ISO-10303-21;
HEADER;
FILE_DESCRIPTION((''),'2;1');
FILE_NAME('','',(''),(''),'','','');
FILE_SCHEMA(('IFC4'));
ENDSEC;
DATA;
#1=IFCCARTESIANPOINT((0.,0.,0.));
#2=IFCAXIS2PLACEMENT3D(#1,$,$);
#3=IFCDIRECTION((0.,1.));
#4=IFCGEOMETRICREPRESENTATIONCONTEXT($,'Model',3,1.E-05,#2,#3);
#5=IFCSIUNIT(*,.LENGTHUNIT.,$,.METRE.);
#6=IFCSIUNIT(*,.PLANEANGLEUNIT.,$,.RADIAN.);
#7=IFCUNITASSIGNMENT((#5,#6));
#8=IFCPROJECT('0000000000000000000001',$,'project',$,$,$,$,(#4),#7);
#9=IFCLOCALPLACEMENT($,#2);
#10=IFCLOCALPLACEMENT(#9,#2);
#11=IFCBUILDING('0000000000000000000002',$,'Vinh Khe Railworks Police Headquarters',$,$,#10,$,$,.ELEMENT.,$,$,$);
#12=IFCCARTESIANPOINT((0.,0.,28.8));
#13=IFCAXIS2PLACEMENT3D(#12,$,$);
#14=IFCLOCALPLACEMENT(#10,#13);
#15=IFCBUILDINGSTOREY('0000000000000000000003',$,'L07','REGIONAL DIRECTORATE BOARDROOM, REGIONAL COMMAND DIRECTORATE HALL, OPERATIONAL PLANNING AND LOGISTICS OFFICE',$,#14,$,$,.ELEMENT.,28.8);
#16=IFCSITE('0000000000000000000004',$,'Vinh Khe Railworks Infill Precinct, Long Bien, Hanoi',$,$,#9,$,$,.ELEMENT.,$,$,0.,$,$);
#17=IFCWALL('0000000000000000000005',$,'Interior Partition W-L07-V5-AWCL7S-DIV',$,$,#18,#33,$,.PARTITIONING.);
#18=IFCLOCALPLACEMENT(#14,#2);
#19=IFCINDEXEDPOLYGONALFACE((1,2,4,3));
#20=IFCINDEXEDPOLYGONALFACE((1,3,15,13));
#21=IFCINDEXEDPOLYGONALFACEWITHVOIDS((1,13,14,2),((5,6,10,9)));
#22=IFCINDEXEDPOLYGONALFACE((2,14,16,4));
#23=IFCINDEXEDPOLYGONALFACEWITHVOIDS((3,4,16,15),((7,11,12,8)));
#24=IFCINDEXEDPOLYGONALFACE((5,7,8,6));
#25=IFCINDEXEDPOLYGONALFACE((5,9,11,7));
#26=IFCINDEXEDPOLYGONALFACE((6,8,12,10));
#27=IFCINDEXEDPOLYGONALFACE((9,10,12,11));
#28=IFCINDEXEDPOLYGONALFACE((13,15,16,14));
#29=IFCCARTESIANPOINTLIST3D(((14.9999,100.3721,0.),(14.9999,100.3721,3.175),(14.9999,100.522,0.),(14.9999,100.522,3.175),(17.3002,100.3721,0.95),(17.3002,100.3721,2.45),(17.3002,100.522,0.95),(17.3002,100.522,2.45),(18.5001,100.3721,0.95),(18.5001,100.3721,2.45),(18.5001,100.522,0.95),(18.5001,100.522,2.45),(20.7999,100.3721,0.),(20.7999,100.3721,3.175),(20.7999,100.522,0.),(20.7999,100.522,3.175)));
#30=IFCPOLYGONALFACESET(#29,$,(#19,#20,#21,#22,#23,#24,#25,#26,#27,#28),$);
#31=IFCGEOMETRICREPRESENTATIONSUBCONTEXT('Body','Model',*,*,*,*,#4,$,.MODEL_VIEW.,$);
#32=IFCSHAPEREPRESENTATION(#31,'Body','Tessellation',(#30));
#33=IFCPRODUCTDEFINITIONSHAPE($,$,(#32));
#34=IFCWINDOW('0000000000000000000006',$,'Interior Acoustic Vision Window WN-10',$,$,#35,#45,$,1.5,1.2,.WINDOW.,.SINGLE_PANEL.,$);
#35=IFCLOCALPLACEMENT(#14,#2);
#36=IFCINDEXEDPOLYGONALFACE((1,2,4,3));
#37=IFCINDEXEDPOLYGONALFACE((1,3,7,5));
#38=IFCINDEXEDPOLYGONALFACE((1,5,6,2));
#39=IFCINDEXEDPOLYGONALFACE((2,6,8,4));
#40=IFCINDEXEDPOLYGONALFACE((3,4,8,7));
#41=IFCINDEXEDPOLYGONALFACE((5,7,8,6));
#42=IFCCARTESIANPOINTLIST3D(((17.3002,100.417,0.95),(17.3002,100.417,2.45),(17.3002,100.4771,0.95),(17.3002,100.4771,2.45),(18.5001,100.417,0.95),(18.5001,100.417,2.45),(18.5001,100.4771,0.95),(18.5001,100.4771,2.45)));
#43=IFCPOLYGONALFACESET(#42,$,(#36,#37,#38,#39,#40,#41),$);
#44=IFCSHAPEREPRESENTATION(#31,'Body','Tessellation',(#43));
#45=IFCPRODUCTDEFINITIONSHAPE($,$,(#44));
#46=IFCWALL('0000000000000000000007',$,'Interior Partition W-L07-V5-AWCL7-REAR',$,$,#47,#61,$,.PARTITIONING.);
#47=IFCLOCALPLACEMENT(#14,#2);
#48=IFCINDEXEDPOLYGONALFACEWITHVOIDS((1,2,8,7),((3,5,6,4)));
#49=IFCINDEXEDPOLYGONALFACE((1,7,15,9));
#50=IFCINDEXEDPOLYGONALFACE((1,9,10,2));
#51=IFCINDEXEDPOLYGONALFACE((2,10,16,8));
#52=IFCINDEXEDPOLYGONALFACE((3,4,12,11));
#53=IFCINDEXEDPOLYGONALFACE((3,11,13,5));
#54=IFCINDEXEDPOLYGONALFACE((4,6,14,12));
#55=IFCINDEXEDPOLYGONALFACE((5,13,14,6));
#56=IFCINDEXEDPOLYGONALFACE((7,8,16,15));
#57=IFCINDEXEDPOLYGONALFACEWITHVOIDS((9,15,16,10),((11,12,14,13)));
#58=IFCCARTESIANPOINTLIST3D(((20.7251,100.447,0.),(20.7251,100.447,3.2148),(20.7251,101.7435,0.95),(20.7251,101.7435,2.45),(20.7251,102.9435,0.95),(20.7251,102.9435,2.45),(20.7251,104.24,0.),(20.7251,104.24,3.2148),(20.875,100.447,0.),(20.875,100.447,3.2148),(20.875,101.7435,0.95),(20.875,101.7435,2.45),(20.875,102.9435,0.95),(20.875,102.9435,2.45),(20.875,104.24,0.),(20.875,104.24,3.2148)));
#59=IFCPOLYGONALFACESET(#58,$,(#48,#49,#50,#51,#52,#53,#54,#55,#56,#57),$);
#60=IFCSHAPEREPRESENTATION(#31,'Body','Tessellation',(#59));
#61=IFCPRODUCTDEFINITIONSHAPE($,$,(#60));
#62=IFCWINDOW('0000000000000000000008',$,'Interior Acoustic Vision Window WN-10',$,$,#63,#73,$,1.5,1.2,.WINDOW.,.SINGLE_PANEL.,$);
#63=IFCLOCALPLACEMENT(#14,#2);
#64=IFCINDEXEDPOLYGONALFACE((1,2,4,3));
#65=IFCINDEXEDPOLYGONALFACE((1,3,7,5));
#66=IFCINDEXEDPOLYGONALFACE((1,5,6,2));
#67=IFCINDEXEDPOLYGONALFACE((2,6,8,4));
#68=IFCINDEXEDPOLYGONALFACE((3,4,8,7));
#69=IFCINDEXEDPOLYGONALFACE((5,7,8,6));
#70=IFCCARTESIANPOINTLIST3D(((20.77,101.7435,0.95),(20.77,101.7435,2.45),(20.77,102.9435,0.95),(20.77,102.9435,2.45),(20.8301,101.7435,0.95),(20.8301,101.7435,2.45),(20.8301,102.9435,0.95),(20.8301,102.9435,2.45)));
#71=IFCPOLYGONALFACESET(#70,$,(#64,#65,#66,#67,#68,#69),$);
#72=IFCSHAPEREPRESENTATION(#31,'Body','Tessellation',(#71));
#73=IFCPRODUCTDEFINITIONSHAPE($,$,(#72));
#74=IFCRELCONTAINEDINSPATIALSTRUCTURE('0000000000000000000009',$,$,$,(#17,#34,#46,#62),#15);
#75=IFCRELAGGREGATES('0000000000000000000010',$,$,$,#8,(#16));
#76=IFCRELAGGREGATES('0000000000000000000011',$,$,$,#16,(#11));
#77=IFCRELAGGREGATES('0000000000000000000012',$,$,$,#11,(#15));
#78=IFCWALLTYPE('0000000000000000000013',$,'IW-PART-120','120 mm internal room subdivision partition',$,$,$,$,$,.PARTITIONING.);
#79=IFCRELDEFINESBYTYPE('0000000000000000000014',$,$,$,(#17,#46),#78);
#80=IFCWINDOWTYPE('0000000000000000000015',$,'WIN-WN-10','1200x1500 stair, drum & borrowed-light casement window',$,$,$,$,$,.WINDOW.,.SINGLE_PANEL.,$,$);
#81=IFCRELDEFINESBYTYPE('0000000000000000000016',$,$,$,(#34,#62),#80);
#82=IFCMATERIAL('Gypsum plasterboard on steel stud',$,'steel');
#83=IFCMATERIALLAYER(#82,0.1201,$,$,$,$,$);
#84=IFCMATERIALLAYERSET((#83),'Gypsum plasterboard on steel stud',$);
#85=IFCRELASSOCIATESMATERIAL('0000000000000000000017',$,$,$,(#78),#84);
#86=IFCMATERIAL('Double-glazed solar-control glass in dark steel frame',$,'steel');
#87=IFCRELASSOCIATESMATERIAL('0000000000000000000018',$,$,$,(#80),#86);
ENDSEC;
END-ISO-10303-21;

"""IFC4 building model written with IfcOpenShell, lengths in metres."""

from ifc_helpers import new_model, si_unit, direction, frame, frame_2d, origin, place, context, subcontext, project, spatial, rectangle, extrude, material, layer, layer_set, type_object, element, fill, save


model = new_model("IFC4")

# Units and contexts
model_context = context("Model", 3, precision=1e-05, world=origin(), true_north=direction((0.0, 1.0)))
body_context = subcontext(model_context, "Body", "Model", "MODEL_VIEW")
ifc_project = project(units=[si_unit("LENGTHUNIT", "METRE"), si_unit("PLANEANGLEUNIT", "RADIAN")], contexts=[model_context])

# Site, building, storey
site_placement = place(None, origin())
site = spatial("IfcSite", under=ifc_project, at=site_placement, Name="Vinh Khe Railworks Infill Precinct, Long Bien, Hanoi", CompositionType="ELEMENT", RefElevation=0.0)
building_placement = place(site_placement, origin())
building = spatial("IfcBuilding", under=site, at=building_placement, Name="Vinh Khe Railworks Police Headquarters", CompositionType="ELEMENT")
storey_placement = place(building_placement, frame((0.0, 0.0, 28.8)))
storey = spatial("IfcBuildingStorey", under=building, at=storey_placement, Name="L07", Description="REGIONAL DIRECTORATE BOARDROOM, REGIONAL COMMAND DIRECTORATE HALL, OPERATIONAL PLANNING AND LOGISTICS OFFICE", CompositionType="ELEMENT", Elevation=28.8)

# Shared definitions
ifc_material_1 = material(Name="Double-glazed solar-control glass in dark steel frame", Category="steel")

# Walls, openings, windows
ifc_material_2 = material(Name="Gypsum plasterboard on steel stud", Category="steel")
ifc_layer_1 = layer(ifc_material_2, 0.1201)
ifc_layer_set_1 = layer_set([ifc_layer_1], Name="Gypsum plasterboard on steel stud")
wall_type_1 = type_object("IfcWallType", Name="IW-PART-120", Description="120 mm internal room subdivision partition", PredefinedType="PARTITIONING", material=ifc_layer_set_1)
wall_1_placement = place(storey_placement, frame((15.0, 100.447, 0.0), z_axis=(0.0, 0.0, 1.0), x_axis=(1.0, 0.0, 0.0)))
wall_1 = element("IfcWall", 1, at=wall_1_placement, inside=storey, type_object=wall_type_1, Name="Interior Partition W-L07-V5-AWCL7S-DIV", PredefinedType="PARTITIONING", context=body_context, shape_type="SweptSolid", body=[
    extrude(rectangle(XDim=5.8, YDim=0.1499, at=frame_2d((2.8999, 0.0))), origin(), (0.0, 0.0, 1.0), 3.175),
])
opening_1_placement = place(wall_1_placement, frame((2.3, 0.0, 0.95)))
opening_1 = element("IfcOpeningElement", 2, at=opening_1_placement, cuts=wall_1, PredefinedType="OPENING", context=body_context, shape_type="SweptSolid", body=[
    extrude(rectangle(XDim=1.2, YDim=1.5, at=frame_2d((0.6001, 0.75))), frame((0.0, 0.0898, 0.0), z_axis=(0.0, -1.0, 0.0), x_axis=(1.0, 0.0, 0.0)), (0.0, 0.0, 1.0), 0.1797),
])
window_type_1 = type_object("IfcWindowType", Name="WIN-WN-10", Description="1200x1500 stair, drum & borrowed-light casement window", PartitioningType="SINGLE_PANEL", PredefinedType="WINDOW", material=ifc_material_1)
window_1_placement = place(opening_1_placement, origin())
window_1 = element("IfcWindow", 3, at=window_1_placement, inside=storey, type_object=window_type_1, Name="Interior Acoustic Vision Window WN-10", OverallHeight=1.5, OverallWidth=1.2, PartitioningType="SINGLE_PANEL", PredefinedType="WINDOW", context=body_context, shape_type="SweptSolid", body=[
    extrude(rectangle(XDim=1.2, YDim=1.5, at=frame_2d((0.6001, 0.75))), frame((0.0, 0.03, 0.0), z_axis=(0.0, -1.0, 0.0), x_axis=(1.0, 0.0, 0.0)), (0.0, 0.0, 1.0), 0.0601),
])
fill(opening_1, window_1)
wall_2_placement = place(storey_placement, frame((20.8, 100.447, 0.0), z_axis=(0.0, 0.0, 1.0), x_axis=(0.0, 1.0, 0.0)))
wall_2 = element("IfcWall", 4, at=wall_2_placement, inside=storey, type_object=wall_type_1, Name="Interior Partition W-L07-V5-AWCL7-REAR", PredefinedType="PARTITIONING", context=body_context, shape_type="SweptSolid", body=[
    extrude(rectangle(XDim=3.793, YDim=0.1499, at=frame_2d((1.8965, 0.0))), origin(), (0.0, 0.0, 1.0), 3.2148),
])
opening_2_placement = place(wall_2_placement, frame((1.2964, 0.0, 0.95)))
opening_2 = element("IfcOpeningElement", 5, at=opening_2_placement, cuts=wall_2, PredefinedType="OPENING", context=body_context, shape_type="SweptSolid", body=[
    extrude(rectangle(XDim=1.2, YDim=1.5, at=frame_2d((0.6001, 0.75))), frame((0.0, 0.0898, 0.0), z_axis=(0.0, -1.0, 0.0), x_axis=(1.0, 0.0, 0.0)), (0.0, 0.0, 1.0), 0.1797),
])
window_2_placement = place(opening_2_placement, origin())
window_2 = element("IfcWindow", 6, at=window_2_placement, inside=storey, type_object=window_type_1, Name="Interior Acoustic Vision Window WN-10", OverallHeight=1.5, OverallWidth=1.2, PartitioningType="SINGLE_PANEL", PredefinedType="WINDOW", context=body_context, shape_type="SweptSolid", body=[
    extrude(rectangle(XDim=1.2, YDim=1.5, at=frame_2d((0.6001, 0.75))), frame((0.0, 0.03, 0.0), z_axis=(0.0, -1.0, 0.0), x_axis=(1.0, 0.0, 0.0)), (0.0, 0.0, 1.0), 0.0601),
])
fill(opening_2, window_2)

save(model, "model.ifc")
